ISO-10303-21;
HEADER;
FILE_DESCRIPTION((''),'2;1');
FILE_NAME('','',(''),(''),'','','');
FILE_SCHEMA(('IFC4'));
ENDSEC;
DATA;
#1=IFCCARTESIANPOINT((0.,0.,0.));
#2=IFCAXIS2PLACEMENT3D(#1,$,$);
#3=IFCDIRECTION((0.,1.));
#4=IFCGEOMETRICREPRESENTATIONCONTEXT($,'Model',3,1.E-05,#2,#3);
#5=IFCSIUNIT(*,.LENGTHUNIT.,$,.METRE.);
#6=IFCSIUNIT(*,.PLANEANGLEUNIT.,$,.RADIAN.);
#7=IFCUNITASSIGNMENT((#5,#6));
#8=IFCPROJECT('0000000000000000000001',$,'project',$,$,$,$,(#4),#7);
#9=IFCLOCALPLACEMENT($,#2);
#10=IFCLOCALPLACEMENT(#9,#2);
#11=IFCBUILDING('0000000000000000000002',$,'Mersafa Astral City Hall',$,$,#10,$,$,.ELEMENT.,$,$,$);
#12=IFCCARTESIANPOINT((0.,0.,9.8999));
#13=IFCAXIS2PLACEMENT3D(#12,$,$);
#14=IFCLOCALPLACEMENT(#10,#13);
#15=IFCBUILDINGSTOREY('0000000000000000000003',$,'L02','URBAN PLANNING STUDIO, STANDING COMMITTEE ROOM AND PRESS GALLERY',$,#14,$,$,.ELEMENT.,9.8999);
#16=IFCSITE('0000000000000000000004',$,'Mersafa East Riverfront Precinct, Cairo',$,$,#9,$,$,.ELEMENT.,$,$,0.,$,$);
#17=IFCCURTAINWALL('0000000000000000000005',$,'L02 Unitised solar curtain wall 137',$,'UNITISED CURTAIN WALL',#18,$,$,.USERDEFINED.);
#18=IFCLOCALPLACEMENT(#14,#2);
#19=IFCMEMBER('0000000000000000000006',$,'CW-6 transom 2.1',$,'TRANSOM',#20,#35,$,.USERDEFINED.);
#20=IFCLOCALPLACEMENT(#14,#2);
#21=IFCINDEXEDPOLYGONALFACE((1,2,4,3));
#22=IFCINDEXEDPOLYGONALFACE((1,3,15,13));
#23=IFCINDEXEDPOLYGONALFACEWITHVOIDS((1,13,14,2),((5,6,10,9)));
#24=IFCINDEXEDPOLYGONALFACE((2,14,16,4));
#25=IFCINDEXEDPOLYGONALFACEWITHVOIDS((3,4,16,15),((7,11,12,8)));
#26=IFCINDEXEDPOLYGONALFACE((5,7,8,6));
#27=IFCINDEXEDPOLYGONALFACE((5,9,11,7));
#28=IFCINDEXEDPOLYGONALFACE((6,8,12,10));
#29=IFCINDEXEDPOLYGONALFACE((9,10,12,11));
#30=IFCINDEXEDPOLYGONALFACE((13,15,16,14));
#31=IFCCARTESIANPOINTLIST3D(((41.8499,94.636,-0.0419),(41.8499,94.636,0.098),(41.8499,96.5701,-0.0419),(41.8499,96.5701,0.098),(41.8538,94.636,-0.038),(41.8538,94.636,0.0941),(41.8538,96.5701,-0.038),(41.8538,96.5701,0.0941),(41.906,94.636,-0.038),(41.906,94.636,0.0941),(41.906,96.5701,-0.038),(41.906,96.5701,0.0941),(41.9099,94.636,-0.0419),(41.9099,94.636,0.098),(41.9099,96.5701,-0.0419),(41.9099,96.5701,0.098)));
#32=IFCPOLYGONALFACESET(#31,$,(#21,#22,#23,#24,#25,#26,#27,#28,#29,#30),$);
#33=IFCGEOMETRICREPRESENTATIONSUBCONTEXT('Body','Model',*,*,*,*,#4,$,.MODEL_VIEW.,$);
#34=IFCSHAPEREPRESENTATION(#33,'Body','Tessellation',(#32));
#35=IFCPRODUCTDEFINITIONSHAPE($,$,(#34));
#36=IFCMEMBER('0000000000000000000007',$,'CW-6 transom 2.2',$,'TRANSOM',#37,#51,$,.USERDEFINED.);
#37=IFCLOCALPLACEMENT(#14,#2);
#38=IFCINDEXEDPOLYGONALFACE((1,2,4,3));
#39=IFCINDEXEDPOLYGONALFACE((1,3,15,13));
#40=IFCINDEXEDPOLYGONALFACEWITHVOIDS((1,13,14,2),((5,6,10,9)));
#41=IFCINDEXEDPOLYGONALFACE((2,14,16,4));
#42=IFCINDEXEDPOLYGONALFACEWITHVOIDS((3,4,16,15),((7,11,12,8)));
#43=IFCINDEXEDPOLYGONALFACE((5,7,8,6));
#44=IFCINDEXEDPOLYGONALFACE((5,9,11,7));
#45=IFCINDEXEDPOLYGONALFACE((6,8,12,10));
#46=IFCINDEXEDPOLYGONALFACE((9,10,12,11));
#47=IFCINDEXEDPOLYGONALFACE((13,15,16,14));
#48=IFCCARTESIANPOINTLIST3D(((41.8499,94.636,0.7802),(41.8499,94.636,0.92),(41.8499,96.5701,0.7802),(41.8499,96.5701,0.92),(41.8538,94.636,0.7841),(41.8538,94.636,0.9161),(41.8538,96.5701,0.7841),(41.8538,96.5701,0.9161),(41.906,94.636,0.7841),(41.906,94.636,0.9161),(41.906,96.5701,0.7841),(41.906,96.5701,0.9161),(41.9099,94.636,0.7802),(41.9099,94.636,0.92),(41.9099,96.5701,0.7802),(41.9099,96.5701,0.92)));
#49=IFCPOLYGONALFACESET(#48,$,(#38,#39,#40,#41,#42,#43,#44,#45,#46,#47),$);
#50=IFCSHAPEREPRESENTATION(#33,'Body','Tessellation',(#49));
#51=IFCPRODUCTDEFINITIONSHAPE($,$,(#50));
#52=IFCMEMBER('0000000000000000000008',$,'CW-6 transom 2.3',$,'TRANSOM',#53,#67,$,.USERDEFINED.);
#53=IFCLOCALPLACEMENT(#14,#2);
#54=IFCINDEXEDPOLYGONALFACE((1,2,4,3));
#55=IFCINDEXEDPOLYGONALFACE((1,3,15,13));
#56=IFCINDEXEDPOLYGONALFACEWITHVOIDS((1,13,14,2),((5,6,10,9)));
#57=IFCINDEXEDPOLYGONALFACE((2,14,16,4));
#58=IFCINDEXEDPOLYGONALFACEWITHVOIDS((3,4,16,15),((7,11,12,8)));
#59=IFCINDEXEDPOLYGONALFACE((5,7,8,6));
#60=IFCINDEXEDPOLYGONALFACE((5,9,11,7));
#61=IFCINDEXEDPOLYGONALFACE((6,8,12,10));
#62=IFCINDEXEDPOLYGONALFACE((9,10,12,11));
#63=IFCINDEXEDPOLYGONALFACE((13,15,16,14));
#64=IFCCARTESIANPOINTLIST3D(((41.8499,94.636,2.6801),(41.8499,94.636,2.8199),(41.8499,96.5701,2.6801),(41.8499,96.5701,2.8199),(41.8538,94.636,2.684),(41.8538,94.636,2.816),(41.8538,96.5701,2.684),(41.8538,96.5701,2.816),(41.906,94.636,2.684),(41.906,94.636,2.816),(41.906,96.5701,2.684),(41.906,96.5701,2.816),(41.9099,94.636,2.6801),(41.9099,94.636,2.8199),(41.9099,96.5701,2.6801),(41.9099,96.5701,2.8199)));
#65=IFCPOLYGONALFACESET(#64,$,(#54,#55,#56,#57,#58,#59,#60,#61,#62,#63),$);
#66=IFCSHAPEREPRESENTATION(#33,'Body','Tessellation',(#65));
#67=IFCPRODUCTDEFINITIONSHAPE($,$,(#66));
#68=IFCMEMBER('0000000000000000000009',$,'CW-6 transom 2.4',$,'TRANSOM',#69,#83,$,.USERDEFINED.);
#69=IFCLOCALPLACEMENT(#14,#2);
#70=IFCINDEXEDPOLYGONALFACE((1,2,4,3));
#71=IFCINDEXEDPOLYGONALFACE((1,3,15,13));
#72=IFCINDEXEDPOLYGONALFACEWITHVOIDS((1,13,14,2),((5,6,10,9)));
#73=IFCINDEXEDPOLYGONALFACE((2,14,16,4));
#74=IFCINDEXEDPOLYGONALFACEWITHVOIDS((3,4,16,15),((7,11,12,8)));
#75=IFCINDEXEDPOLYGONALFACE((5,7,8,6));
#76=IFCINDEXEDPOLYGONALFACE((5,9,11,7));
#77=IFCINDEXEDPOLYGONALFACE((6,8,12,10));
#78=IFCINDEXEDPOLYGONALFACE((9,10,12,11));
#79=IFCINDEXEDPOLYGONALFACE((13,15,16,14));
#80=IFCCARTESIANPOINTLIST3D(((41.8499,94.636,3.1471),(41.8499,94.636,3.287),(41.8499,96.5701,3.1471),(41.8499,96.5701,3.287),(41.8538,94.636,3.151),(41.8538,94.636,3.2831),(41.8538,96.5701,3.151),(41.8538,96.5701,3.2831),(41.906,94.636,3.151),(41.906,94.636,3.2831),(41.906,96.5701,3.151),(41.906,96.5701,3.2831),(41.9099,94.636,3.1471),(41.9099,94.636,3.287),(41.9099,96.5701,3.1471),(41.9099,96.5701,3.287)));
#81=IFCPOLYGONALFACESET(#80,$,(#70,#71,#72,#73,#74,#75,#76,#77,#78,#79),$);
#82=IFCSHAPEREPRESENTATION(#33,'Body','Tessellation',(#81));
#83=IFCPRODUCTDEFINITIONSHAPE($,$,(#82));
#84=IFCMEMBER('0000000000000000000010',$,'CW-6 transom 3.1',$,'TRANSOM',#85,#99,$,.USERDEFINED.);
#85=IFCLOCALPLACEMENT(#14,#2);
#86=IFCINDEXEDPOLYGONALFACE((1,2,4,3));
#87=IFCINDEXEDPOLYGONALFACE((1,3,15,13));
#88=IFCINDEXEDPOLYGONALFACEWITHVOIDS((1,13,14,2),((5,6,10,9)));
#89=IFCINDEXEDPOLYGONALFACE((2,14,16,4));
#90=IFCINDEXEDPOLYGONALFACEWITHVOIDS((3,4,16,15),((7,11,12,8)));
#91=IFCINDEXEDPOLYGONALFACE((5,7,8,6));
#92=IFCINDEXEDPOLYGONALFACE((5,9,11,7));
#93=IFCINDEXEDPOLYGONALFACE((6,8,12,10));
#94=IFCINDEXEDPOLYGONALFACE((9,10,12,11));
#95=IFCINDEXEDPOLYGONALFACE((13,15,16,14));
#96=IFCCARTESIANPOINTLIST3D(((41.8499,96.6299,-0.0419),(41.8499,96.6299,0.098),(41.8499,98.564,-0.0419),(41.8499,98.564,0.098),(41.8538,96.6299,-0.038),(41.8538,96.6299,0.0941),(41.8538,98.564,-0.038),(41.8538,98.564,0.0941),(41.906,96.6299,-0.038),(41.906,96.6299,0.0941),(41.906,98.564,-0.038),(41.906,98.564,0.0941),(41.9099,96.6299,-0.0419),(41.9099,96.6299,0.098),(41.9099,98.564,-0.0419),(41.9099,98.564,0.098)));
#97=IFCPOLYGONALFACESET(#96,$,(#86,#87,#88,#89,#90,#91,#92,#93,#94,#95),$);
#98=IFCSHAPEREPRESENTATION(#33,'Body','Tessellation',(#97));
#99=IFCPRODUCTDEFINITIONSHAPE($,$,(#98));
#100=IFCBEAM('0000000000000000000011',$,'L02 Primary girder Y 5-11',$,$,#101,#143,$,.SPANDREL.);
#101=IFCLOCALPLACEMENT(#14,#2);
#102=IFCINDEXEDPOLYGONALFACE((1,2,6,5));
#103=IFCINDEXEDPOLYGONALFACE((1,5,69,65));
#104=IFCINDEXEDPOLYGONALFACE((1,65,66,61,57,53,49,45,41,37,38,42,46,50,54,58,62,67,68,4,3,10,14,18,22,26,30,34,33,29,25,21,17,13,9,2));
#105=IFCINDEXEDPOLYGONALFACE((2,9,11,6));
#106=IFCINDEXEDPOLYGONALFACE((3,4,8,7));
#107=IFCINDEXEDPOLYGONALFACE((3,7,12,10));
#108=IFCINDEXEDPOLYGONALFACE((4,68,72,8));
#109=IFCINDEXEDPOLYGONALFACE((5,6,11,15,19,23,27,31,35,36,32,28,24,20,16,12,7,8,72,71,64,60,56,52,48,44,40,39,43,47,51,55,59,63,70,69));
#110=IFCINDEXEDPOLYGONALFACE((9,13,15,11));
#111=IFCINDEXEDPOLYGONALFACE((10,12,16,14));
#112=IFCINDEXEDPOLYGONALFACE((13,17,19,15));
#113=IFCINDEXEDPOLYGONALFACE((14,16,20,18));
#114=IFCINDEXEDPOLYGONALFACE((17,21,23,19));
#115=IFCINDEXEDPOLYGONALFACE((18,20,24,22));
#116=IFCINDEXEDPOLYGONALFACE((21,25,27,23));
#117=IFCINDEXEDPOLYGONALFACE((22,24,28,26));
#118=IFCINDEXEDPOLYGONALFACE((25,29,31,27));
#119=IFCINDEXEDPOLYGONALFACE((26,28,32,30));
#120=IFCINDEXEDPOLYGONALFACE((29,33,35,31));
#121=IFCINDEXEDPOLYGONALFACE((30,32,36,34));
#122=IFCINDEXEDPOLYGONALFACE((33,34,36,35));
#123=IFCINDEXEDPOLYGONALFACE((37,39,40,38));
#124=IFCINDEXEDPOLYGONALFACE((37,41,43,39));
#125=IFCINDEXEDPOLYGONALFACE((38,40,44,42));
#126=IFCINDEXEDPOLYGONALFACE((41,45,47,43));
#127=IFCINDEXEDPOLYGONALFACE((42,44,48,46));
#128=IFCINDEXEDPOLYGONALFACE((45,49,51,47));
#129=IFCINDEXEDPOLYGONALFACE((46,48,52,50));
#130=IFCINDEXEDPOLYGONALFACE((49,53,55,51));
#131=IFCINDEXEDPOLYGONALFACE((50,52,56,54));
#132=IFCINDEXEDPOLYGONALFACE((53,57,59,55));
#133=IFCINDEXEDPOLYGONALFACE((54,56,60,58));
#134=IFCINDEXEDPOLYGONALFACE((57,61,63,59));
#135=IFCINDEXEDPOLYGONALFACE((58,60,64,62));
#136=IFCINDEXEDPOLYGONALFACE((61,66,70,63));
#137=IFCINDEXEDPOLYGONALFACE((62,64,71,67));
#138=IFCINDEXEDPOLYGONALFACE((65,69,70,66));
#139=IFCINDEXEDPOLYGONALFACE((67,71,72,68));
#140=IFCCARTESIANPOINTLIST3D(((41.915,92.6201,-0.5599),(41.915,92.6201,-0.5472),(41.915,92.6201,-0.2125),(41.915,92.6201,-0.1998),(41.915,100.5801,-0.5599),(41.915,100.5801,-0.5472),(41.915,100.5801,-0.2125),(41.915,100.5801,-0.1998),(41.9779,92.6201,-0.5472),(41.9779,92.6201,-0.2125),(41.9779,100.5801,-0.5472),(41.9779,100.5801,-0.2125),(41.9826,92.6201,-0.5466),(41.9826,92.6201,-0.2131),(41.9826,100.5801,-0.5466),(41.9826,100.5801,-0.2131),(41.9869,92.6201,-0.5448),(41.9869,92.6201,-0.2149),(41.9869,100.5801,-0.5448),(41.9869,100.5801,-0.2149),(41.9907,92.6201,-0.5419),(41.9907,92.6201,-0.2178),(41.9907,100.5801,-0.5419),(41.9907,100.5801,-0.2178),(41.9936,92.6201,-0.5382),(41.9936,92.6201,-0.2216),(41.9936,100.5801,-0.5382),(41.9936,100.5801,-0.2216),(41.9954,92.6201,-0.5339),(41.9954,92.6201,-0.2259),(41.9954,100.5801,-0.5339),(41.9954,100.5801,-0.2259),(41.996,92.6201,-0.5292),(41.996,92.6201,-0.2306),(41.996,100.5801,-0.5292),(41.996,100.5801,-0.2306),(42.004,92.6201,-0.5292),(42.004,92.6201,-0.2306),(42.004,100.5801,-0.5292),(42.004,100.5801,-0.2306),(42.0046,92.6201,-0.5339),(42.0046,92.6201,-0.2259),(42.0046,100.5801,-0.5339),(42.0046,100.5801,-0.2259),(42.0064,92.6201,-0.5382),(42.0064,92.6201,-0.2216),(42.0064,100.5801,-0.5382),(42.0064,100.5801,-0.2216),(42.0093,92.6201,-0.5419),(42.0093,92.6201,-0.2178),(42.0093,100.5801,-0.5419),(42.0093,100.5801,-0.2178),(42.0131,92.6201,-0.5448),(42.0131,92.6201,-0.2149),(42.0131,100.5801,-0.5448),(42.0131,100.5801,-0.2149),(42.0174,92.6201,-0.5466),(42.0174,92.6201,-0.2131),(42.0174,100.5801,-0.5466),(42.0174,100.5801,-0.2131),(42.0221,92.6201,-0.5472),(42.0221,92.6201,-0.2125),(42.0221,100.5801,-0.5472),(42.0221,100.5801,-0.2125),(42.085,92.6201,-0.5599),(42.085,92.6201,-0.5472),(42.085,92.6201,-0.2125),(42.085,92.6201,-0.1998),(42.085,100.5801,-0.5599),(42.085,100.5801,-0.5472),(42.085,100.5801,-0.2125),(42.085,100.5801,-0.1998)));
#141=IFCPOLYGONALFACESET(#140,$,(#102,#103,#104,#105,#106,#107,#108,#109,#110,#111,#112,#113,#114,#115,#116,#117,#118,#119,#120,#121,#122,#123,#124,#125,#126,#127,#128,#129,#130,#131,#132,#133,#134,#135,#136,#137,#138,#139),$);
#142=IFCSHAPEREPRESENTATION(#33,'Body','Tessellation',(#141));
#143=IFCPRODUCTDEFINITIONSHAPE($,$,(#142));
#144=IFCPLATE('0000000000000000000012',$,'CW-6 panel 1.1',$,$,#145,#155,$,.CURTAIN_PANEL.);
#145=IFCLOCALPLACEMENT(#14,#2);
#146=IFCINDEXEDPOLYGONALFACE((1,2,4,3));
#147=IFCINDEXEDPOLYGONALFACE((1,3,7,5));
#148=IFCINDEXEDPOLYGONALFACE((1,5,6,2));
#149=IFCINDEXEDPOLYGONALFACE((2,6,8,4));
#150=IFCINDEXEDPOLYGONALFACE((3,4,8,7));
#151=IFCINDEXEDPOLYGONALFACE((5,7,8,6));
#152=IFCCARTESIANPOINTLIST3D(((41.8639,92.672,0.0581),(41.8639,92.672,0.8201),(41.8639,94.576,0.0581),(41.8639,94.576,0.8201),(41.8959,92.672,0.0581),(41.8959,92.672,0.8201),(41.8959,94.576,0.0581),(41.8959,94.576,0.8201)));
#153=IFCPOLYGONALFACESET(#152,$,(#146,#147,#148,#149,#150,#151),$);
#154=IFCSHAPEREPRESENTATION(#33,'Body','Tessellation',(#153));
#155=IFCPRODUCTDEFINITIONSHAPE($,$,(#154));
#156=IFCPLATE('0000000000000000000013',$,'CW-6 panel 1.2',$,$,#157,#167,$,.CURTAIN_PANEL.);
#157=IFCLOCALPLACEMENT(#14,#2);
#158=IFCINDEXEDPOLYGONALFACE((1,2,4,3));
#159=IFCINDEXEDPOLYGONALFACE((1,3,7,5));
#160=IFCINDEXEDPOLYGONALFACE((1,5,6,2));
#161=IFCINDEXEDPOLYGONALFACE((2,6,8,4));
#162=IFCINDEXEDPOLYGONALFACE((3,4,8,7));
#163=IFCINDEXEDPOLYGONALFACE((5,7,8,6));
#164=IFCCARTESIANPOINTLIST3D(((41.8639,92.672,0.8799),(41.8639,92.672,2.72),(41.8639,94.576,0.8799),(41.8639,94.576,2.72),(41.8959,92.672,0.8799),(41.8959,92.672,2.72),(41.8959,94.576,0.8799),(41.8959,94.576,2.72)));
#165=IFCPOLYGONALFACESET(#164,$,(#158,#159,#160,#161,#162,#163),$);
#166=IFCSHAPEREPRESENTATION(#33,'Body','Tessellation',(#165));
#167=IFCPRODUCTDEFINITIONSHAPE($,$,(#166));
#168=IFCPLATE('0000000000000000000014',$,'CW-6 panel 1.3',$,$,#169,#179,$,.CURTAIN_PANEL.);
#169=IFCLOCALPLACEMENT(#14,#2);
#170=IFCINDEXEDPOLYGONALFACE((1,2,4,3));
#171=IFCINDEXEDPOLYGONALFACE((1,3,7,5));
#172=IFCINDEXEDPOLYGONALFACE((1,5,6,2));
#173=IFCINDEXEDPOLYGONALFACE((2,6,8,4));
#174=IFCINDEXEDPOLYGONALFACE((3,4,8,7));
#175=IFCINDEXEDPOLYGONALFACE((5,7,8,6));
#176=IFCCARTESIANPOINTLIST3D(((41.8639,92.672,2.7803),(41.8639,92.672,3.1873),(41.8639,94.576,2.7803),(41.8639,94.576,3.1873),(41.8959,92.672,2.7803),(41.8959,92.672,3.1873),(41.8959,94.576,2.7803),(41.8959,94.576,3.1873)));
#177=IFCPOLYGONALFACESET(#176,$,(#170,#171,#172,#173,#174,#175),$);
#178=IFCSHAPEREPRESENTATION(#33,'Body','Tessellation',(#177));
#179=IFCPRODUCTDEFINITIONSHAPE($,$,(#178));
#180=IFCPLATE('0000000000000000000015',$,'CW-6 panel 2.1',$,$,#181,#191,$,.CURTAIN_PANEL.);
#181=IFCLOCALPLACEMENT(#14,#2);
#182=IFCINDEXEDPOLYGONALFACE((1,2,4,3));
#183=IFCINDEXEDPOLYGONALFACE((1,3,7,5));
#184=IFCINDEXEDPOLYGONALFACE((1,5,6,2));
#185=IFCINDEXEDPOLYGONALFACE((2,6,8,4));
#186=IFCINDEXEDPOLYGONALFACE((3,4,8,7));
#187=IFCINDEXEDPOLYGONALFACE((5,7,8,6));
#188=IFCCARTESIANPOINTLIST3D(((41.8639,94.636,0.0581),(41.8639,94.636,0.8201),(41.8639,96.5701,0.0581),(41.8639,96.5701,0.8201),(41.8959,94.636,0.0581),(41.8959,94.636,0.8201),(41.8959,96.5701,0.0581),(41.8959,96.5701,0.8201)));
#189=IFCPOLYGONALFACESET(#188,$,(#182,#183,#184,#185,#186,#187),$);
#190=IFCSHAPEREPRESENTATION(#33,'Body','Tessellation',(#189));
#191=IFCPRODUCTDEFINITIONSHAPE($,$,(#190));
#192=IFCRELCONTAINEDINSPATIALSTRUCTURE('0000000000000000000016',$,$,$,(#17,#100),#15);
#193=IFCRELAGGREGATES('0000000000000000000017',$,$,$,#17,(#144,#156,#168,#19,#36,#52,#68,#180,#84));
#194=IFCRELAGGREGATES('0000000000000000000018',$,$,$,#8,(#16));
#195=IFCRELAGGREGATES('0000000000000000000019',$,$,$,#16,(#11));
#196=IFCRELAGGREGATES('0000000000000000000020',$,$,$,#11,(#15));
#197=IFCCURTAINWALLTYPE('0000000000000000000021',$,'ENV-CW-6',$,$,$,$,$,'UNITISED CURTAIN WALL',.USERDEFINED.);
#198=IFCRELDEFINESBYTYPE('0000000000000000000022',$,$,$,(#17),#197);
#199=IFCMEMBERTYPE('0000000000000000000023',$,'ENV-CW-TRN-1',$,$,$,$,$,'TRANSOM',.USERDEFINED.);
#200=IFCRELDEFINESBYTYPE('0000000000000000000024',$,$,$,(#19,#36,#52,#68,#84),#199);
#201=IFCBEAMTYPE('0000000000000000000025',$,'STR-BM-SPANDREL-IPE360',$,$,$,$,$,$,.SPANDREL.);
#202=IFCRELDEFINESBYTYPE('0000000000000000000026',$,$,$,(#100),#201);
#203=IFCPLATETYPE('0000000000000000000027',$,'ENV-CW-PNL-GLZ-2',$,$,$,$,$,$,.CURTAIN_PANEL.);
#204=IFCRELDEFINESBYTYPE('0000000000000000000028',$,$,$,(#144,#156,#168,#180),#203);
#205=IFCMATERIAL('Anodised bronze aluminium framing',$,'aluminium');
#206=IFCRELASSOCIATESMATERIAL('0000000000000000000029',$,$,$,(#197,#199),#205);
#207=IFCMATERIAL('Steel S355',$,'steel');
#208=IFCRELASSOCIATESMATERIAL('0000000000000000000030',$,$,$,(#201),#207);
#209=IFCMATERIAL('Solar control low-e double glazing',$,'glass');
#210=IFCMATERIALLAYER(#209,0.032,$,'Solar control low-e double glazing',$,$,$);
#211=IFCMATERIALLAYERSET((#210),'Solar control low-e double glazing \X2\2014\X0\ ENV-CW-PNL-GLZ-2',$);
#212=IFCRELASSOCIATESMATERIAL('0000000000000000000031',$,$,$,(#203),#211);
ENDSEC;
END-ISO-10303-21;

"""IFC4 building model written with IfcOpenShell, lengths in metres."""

from ifc_helpers import new_model, si_unit, direction, frame, origin, origin_2d, place, context, subcontext, project, spatial, rectangle, hollow_rectangle, i_section, extrude, material, layer, layer_set, material_profile, profile_set, type_object, element, aggregate, save


model = new_model("IFC4")

# Units and contexts
model_context = context("Model", 3, precision=1e-05, world=origin(), true_north=direction((0.0, 1.0)))
body_context = subcontext(model_context, "Body", "Model", "MODEL_VIEW")
ifc_project = project(units=[si_unit("LENGTHUNIT", "METRE"), si_unit("PLANEANGLEUNIT", "RADIAN")], contexts=[model_context])

# Site, building, storey
site_placement = place(None, origin())
site = spatial("IfcSite", under=ifc_project, at=site_placement, Name="Mersafa East Riverfront Precinct, Cairo", CompositionType="ELEMENT", RefElevation=0.0)
building_placement = place(site_placement, origin())
building = spatial("IfcBuilding", under=site, at=building_placement, Name="Mersafa Astral City Hall", CompositionType="ELEMENT")
storey_placement = place(building_placement, frame((0.0, 0.0, 9.8999)))
storey = spatial("IfcBuildingStorey", under=building, at=storey_placement, Name="L02", Description="URBAN PLANNING STUDIO, STANDING COMMITTEE ROOM AND PRESS GALLERY", CompositionType="ELEMENT", Elevation=9.8999)

# Shared definitions
ifc_material_1 = material(Name="Steel S355", Category="steel")

# Curtain wall, members
ifc_material_2 = material(Name="Anodised bronze aluminium framing", Category="aluminium")
curtain_wall_type = type_object("IfcCurtainWallType", Name="ENV-CW-6", ElementType="UNITISED CURTAIN WALL", PredefinedType="USERDEFINED", material=ifc_material_2)
curtain_wall_placement = place(storey_placement, origin())
curtain_wall = element("IfcCurtainWall", 1, at=curtain_wall_placement, inside=storey, type_object=curtain_wall_type, Name="L02 Unitised solar curtain wall 137", ObjectType="UNITISED CURTAIN WALL", PredefinedType="USERDEFINED")
ifc_material_profile_1 = material_profile(ifc_material_2, hollow_rectangle(XDim=0.0601, YDim=0.1399, WallThickness=0.0039, at=origin_2d()), Name="RHS 60x140x4")
ifc_profile_set_1 = profile_set([ifc_material_profile_1], Name="Anodised bronze aluminium framing")
member_type_1 = type_object("IfcMemberType", Name="ENV-CW-TRN-1", ElementType="TRANSOM", PredefinedType="USERDEFINED", material=ifc_profile_set_1)
member_1_placement = place(storey_placement, frame((41.8799, 94.636, 0.0281), z_axis=(0.0, 1.0, 0.0), x_axis=(-1.0, 0.0, 0.0)))
member_1 = element("IfcMember", 2, at=member_1_placement, type_object=member_type_1, Name="CW-6 transom 2.1", ObjectType="TRANSOM", PredefinedType="USERDEFINED", context=body_context, shape_type="SweptSolid", body=[
    extrude(hollow_rectangle(XDim=0.0601, YDim=0.1399, WallThickness=0.0039, at=origin_2d()), origin(), (0.0, 0.0, 1.0), 1.9341),
])
member_2_placement = place(storey_placement, frame((41.8799, 94.636, 0.8501), z_axis=(0.0, 1.0, 0.0), x_axis=(-1.0, 0.0, 0.0)))
member_2 = element("IfcMember", 3, at=member_2_placement, type_object=member_type_1, Name="CW-6 transom 2.2", ObjectType="TRANSOM", PredefinedType="USERDEFINED", context=body_context, shape_type="SweptSolid", body=[
    extrude(hollow_rectangle(XDim=0.0601, YDim=0.1399, WallThickness=0.0039, at=origin_2d()), origin(), (0.0, 0.0, 1.0), 1.9341),
])
member_3_placement = place(storey_placement, frame((41.8799, 94.636, 2.75), z_axis=(0.0, 1.0, 0.0), x_axis=(-1.0, 0.0, 0.0)))
member_3 = element("IfcMember", 4, at=member_3_placement, type_object=member_type_1, Name="CW-6 transom 2.3", ObjectType="TRANSOM", PredefinedType="USERDEFINED", context=body_context, shape_type="SweptSolid", body=[
    extrude(hollow_rectangle(XDim=0.0601, YDim=0.1399, WallThickness=0.0039, at=origin_2d()), origin(), (0.0, 0.0, 1.0), 1.9341),
])
member_4_placement = place(storey_placement, frame((41.8799, 94.636, 3.217), z_axis=(0.0, 1.0, 0.0), x_axis=(-1.0, 0.0, 0.0)))
member_4 = element("IfcMember", 5, at=member_4_placement, type_object=member_type_1, Name="CW-6 transom 2.4", ObjectType="TRANSOM", PredefinedType="USERDEFINED", context=body_context, shape_type="SweptSolid", body=[
    extrude(hollow_rectangle(XDim=0.0601, YDim=0.1399, WallThickness=0.0039, at=origin_2d()), origin(), (0.0, 0.0, 1.0), 1.9341),
])
member_5_placement = place(storey_placement, frame((41.8799, 96.6299, 0.0281), z_axis=(0.0, 1.0, 0.0), x_axis=(-1.0, 0.0, 0.0)))
member_5 = element("IfcMember", 6, at=member_5_placement, type_object=member_type_1, Name="CW-6 transom 3.1", ObjectType="TRANSOM", PredefinedType="USERDEFINED", context=body_context, shape_type="SweptSolid", body=[
    extrude(hollow_rectangle(XDim=0.0601, YDim=0.1399, WallThickness=0.0039, at=origin_2d()), origin(), (0.0, 0.0, 1.0), 1.9341),
])

# Beam
ifc_material_profile_2 = material_profile(ifc_material_1, i_section(OverallWidth=0.1699, OverallDepth=0.3601, WebThickness=0.0081, FlangeThickness=0.0127, FilletRadius=0.0181, at=origin_2d()), Name="IPE 360")
ifc_profile_set_2 = profile_set([ifc_material_profile_2], Name="Steel S355")
beam_type = type_object("IfcBeamType", Name="STR-BM-SPANDREL-IPE360", PredefinedType="SPANDREL", material=ifc_profile_set_2)
beam_placement = place(storey_placement, frame((42.0, 92.6201, -0.3799), z_axis=(0.0, 1.0, 0.0), x_axis=(-1.0, 0.0, 0.0)))
element("IfcBeam", 7, at=beam_placement, inside=storey, type_object=beam_type, Name="L02 Primary girder Y 5-11", PredefinedType="SPANDREL", context=body_context, shape_type="SweptSolid", body=[
    extrude(i_section(OverallWidth=0.1699, OverallDepth=0.3601, WebThickness=0.0081, FlangeThickness=0.0127, FilletRadius=0.0181, at=origin_2d()), origin(), (0.0, 0.0, 1.0), 7.96),
])

# Plates
ifc_material_3 = material(Name="Solar control low-e double glazing", Category="glass")
ifc_layer = layer(ifc_material_3, 0.032, Name="Solar control low-e double glazing")
ifc_layer_set = layer_set([ifc_layer], Name="Solar control low-e double glazing — ENV-CW-PNL-GLZ-2")
plate_type = type_object("IfcPlateType", Name="ENV-CW-PNL-GLZ-2", PredefinedType="CURTAIN_PANEL", material=ifc_layer_set)
plate_1_placement = place(storey_placement, frame((41.8799, 93.624, 0.0581), z_axis=(0.0, 0.0, 1.0), x_axis=(0.0, 1.0, 0.0)))
plate_1 = element("IfcPlate", 8, at=plate_1_placement, type_object=plate_type, Name="CW-6 panel 1.1", PredefinedType="CURTAIN_PANEL", context=body_context, shape_type="SweptSolid", body=[
    extrude(rectangle(XDim=1.9041, YDim=0.032, at=origin_2d()), origin(), (0.0, 0.0, 1.0), 0.762),
])
plate_2_placement = place(storey_placement, frame((41.8799, 93.624, 0.8799), z_axis=(0.0, 0.0, 1.0), x_axis=(0.0, 1.0, 0.0)))
plate_2 = element("IfcPlate", 9, at=plate_2_placement, type_object=plate_type, Name="CW-6 panel 1.2", PredefinedType="CURTAIN_PANEL", context=body_context, shape_type="SweptSolid", body=[
    extrude(rectangle(XDim=1.9041, YDim=0.032, at=origin_2d()), origin(), (0.0, 0.0, 1.0), 1.8401),
])
plate_3_placement = place(storey_placement, frame((41.8799, 93.624, 2.7803), z_axis=(0.0, 0.0, 1.0), x_axis=(0.0, 1.0, 0.0)))
plate_3 = element("IfcPlate", 10, at=plate_3_placement, type_object=plate_type, Name="CW-6 panel 1.3", PredefinedType="CURTAIN_PANEL", context=body_context, shape_type="SweptSolid", body=[
    extrude(rectangle(XDim=1.9041, YDim=0.032, at=origin_2d()), origin(), (0.0, 0.0, 1.0), 0.407),
])
plate_4_placement = place(storey_placement, frame((41.8799, 95.603, 0.0581), z_axis=(0.0, 0.0, 1.0), x_axis=(0.0, 1.0, 0.0)))
plate_4 = element("IfcPlate", 11, at=plate_4_placement, type_object=plate_type, Name="CW-6 panel 2.1", PredefinedType="CURTAIN_PANEL", context=body_context, shape_type="SweptSolid", body=[
    extrude(rectangle(XDim=1.9341, YDim=0.032, at=origin_2d()), origin(), (0.0, 0.0, 1.0), 0.762),
])
aggregate(curtain_wall, [plate_1, plate_2, plate_3, member_1, member_2, member_3, member_4, plate_4, member_5])

save(model, "model.ifc")
